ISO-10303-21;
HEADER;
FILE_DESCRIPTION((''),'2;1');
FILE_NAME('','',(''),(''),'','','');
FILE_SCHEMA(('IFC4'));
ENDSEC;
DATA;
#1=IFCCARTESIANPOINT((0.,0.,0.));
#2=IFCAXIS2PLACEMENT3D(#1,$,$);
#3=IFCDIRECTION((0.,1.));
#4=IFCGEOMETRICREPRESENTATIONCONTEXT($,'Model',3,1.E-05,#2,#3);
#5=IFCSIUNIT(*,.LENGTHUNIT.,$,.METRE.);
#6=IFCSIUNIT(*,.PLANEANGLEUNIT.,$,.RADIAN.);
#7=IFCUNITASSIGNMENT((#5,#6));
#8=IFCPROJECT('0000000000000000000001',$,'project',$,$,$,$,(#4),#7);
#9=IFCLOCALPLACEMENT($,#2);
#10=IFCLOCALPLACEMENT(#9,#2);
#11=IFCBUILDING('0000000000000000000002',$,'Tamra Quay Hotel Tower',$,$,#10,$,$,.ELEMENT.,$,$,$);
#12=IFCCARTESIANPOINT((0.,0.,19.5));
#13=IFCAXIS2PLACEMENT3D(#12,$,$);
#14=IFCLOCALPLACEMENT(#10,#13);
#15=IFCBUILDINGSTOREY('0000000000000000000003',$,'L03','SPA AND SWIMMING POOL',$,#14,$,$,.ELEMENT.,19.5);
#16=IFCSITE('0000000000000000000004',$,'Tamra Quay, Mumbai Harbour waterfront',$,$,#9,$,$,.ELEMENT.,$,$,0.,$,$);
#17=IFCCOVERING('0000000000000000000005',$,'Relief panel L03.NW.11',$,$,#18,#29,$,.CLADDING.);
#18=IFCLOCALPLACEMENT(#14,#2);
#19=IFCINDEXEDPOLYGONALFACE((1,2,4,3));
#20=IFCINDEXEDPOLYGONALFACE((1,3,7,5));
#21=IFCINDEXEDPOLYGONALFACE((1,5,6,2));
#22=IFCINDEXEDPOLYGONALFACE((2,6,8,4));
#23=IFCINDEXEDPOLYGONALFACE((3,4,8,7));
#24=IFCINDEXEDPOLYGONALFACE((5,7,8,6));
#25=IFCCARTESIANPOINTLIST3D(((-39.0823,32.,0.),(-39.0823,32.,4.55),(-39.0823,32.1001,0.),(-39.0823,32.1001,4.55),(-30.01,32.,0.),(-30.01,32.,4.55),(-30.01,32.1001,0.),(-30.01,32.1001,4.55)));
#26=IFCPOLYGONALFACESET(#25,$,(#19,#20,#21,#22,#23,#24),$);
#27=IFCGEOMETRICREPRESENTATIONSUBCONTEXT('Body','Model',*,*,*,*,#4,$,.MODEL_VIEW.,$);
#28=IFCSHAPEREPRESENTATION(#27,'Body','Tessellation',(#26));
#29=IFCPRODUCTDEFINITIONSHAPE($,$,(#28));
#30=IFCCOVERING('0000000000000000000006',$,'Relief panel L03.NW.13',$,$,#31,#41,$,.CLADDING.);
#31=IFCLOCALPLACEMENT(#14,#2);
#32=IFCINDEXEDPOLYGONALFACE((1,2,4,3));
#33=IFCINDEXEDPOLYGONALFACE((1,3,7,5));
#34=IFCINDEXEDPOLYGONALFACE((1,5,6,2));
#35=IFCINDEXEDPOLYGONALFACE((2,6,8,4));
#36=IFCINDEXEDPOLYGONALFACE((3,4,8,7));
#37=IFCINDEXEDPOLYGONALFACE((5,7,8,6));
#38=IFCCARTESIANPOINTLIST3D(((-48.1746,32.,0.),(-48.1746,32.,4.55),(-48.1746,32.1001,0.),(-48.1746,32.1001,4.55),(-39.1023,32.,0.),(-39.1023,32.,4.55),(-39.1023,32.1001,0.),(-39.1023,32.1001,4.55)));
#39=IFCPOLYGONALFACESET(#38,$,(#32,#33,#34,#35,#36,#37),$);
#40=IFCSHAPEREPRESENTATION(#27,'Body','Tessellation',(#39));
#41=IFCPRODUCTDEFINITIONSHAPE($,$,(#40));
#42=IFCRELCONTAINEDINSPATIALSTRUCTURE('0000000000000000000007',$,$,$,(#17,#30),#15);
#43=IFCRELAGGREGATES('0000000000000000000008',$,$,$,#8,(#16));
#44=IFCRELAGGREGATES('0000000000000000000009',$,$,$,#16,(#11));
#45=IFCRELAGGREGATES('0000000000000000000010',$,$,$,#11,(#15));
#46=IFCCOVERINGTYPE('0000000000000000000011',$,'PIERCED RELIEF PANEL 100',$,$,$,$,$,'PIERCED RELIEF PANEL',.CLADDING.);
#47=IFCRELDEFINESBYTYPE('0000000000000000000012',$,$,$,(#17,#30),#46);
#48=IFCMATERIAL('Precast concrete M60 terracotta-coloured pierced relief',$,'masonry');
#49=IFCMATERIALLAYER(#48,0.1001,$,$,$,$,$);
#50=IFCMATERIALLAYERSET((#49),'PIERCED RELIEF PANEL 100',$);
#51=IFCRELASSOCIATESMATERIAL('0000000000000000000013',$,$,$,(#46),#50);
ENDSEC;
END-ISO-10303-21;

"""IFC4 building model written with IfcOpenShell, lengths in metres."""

from ifc_helpers import new_model, si_unit, direction, frame, origin, origin_2d, place, context, subcontext, project, spatial, rectangle, extrude, material, layer, layer_set, type_object, element, save


model = new_model("IFC4")

# Units and contexts
model_context = context("Model", 3, precision=1e-05, world=origin(), true_north=direction((0.0, 1.0)))
body_context = subcontext(model_context, "Body", "Model", "MODEL_VIEW")
ifc_project = project(units=[si_unit("LENGTHUNIT", "METRE"), si_unit("PLANEANGLEUNIT", "RADIAN")], contexts=[model_context])

# Site, building, storey
site_placement = place(None, origin())
site = spatial("IfcSite", under=ifc_project, at=site_placement, Name="Tamra Quay, Mumbai Harbour waterfront", CompositionType="ELEMENT", RefElevation=0.0)
building_placement = place(site_placement, origin())
building = spatial("IfcBuilding", under=site, at=building_placement, Name="Tamra Quay Hotel Tower", CompositionType="ELEMENT")
storey_placement = place(building_placement, frame((0.0, 0.0, 19.5)))
storey = spatial("IfcBuildingStorey", under=building, at=storey_placement, Name="L03", Description="SPA AND SWIMMING POOL", CompositionType="ELEMENT", Elevation=19.5)

# Coverings
ifc_material_1 = material(Name="Precast concrete M60 terracotta-coloured pierced relief", Category="masonry")
ifc_layer_1 = layer(ifc_material_1, 0.1001)
ifc_layer_set_1 = layer_set([ifc_layer_1], Name="PIERCED RELIEF PANEL 100")
covering_type_1 = type_object("IfcCoveringType", Name="PIERCED RELIEF PANEL 100", ElementType="PIERCED RELIEF PANEL", PredefinedType="CLADDING", material=ifc_layer_set_1)
for number, where, z_axis, x_axis, name in (
    (1, (-34.5461, 32.05, 0.0), (0.0, 0.0, 1.0), (-1.0, 0.0, 0.0), "Relief panel L03.NW.11"),
    (2, (-43.6384, 32.05, 0.0), (0.0, 0.0, 1.0), (-1.0, 0.0, 0.0), "Relief panel L03.NW.13"),
):
    element("IfcCovering", number, at=place(storey_placement, frame(where, z_axis=z_axis, x_axis=x_axis)), inside=storey, type_object=covering_type_1, Name=name, PredefinedType="CLADDING", context=body_context, shape_type="SweptSolid", body=[
        extrude(rectangle(XDim=9.0723, YDim=0.1001, at=origin_2d()), origin(), (0.0, 0.0, 1.0), 4.55),
    ])

save(model, "model.ifc")
